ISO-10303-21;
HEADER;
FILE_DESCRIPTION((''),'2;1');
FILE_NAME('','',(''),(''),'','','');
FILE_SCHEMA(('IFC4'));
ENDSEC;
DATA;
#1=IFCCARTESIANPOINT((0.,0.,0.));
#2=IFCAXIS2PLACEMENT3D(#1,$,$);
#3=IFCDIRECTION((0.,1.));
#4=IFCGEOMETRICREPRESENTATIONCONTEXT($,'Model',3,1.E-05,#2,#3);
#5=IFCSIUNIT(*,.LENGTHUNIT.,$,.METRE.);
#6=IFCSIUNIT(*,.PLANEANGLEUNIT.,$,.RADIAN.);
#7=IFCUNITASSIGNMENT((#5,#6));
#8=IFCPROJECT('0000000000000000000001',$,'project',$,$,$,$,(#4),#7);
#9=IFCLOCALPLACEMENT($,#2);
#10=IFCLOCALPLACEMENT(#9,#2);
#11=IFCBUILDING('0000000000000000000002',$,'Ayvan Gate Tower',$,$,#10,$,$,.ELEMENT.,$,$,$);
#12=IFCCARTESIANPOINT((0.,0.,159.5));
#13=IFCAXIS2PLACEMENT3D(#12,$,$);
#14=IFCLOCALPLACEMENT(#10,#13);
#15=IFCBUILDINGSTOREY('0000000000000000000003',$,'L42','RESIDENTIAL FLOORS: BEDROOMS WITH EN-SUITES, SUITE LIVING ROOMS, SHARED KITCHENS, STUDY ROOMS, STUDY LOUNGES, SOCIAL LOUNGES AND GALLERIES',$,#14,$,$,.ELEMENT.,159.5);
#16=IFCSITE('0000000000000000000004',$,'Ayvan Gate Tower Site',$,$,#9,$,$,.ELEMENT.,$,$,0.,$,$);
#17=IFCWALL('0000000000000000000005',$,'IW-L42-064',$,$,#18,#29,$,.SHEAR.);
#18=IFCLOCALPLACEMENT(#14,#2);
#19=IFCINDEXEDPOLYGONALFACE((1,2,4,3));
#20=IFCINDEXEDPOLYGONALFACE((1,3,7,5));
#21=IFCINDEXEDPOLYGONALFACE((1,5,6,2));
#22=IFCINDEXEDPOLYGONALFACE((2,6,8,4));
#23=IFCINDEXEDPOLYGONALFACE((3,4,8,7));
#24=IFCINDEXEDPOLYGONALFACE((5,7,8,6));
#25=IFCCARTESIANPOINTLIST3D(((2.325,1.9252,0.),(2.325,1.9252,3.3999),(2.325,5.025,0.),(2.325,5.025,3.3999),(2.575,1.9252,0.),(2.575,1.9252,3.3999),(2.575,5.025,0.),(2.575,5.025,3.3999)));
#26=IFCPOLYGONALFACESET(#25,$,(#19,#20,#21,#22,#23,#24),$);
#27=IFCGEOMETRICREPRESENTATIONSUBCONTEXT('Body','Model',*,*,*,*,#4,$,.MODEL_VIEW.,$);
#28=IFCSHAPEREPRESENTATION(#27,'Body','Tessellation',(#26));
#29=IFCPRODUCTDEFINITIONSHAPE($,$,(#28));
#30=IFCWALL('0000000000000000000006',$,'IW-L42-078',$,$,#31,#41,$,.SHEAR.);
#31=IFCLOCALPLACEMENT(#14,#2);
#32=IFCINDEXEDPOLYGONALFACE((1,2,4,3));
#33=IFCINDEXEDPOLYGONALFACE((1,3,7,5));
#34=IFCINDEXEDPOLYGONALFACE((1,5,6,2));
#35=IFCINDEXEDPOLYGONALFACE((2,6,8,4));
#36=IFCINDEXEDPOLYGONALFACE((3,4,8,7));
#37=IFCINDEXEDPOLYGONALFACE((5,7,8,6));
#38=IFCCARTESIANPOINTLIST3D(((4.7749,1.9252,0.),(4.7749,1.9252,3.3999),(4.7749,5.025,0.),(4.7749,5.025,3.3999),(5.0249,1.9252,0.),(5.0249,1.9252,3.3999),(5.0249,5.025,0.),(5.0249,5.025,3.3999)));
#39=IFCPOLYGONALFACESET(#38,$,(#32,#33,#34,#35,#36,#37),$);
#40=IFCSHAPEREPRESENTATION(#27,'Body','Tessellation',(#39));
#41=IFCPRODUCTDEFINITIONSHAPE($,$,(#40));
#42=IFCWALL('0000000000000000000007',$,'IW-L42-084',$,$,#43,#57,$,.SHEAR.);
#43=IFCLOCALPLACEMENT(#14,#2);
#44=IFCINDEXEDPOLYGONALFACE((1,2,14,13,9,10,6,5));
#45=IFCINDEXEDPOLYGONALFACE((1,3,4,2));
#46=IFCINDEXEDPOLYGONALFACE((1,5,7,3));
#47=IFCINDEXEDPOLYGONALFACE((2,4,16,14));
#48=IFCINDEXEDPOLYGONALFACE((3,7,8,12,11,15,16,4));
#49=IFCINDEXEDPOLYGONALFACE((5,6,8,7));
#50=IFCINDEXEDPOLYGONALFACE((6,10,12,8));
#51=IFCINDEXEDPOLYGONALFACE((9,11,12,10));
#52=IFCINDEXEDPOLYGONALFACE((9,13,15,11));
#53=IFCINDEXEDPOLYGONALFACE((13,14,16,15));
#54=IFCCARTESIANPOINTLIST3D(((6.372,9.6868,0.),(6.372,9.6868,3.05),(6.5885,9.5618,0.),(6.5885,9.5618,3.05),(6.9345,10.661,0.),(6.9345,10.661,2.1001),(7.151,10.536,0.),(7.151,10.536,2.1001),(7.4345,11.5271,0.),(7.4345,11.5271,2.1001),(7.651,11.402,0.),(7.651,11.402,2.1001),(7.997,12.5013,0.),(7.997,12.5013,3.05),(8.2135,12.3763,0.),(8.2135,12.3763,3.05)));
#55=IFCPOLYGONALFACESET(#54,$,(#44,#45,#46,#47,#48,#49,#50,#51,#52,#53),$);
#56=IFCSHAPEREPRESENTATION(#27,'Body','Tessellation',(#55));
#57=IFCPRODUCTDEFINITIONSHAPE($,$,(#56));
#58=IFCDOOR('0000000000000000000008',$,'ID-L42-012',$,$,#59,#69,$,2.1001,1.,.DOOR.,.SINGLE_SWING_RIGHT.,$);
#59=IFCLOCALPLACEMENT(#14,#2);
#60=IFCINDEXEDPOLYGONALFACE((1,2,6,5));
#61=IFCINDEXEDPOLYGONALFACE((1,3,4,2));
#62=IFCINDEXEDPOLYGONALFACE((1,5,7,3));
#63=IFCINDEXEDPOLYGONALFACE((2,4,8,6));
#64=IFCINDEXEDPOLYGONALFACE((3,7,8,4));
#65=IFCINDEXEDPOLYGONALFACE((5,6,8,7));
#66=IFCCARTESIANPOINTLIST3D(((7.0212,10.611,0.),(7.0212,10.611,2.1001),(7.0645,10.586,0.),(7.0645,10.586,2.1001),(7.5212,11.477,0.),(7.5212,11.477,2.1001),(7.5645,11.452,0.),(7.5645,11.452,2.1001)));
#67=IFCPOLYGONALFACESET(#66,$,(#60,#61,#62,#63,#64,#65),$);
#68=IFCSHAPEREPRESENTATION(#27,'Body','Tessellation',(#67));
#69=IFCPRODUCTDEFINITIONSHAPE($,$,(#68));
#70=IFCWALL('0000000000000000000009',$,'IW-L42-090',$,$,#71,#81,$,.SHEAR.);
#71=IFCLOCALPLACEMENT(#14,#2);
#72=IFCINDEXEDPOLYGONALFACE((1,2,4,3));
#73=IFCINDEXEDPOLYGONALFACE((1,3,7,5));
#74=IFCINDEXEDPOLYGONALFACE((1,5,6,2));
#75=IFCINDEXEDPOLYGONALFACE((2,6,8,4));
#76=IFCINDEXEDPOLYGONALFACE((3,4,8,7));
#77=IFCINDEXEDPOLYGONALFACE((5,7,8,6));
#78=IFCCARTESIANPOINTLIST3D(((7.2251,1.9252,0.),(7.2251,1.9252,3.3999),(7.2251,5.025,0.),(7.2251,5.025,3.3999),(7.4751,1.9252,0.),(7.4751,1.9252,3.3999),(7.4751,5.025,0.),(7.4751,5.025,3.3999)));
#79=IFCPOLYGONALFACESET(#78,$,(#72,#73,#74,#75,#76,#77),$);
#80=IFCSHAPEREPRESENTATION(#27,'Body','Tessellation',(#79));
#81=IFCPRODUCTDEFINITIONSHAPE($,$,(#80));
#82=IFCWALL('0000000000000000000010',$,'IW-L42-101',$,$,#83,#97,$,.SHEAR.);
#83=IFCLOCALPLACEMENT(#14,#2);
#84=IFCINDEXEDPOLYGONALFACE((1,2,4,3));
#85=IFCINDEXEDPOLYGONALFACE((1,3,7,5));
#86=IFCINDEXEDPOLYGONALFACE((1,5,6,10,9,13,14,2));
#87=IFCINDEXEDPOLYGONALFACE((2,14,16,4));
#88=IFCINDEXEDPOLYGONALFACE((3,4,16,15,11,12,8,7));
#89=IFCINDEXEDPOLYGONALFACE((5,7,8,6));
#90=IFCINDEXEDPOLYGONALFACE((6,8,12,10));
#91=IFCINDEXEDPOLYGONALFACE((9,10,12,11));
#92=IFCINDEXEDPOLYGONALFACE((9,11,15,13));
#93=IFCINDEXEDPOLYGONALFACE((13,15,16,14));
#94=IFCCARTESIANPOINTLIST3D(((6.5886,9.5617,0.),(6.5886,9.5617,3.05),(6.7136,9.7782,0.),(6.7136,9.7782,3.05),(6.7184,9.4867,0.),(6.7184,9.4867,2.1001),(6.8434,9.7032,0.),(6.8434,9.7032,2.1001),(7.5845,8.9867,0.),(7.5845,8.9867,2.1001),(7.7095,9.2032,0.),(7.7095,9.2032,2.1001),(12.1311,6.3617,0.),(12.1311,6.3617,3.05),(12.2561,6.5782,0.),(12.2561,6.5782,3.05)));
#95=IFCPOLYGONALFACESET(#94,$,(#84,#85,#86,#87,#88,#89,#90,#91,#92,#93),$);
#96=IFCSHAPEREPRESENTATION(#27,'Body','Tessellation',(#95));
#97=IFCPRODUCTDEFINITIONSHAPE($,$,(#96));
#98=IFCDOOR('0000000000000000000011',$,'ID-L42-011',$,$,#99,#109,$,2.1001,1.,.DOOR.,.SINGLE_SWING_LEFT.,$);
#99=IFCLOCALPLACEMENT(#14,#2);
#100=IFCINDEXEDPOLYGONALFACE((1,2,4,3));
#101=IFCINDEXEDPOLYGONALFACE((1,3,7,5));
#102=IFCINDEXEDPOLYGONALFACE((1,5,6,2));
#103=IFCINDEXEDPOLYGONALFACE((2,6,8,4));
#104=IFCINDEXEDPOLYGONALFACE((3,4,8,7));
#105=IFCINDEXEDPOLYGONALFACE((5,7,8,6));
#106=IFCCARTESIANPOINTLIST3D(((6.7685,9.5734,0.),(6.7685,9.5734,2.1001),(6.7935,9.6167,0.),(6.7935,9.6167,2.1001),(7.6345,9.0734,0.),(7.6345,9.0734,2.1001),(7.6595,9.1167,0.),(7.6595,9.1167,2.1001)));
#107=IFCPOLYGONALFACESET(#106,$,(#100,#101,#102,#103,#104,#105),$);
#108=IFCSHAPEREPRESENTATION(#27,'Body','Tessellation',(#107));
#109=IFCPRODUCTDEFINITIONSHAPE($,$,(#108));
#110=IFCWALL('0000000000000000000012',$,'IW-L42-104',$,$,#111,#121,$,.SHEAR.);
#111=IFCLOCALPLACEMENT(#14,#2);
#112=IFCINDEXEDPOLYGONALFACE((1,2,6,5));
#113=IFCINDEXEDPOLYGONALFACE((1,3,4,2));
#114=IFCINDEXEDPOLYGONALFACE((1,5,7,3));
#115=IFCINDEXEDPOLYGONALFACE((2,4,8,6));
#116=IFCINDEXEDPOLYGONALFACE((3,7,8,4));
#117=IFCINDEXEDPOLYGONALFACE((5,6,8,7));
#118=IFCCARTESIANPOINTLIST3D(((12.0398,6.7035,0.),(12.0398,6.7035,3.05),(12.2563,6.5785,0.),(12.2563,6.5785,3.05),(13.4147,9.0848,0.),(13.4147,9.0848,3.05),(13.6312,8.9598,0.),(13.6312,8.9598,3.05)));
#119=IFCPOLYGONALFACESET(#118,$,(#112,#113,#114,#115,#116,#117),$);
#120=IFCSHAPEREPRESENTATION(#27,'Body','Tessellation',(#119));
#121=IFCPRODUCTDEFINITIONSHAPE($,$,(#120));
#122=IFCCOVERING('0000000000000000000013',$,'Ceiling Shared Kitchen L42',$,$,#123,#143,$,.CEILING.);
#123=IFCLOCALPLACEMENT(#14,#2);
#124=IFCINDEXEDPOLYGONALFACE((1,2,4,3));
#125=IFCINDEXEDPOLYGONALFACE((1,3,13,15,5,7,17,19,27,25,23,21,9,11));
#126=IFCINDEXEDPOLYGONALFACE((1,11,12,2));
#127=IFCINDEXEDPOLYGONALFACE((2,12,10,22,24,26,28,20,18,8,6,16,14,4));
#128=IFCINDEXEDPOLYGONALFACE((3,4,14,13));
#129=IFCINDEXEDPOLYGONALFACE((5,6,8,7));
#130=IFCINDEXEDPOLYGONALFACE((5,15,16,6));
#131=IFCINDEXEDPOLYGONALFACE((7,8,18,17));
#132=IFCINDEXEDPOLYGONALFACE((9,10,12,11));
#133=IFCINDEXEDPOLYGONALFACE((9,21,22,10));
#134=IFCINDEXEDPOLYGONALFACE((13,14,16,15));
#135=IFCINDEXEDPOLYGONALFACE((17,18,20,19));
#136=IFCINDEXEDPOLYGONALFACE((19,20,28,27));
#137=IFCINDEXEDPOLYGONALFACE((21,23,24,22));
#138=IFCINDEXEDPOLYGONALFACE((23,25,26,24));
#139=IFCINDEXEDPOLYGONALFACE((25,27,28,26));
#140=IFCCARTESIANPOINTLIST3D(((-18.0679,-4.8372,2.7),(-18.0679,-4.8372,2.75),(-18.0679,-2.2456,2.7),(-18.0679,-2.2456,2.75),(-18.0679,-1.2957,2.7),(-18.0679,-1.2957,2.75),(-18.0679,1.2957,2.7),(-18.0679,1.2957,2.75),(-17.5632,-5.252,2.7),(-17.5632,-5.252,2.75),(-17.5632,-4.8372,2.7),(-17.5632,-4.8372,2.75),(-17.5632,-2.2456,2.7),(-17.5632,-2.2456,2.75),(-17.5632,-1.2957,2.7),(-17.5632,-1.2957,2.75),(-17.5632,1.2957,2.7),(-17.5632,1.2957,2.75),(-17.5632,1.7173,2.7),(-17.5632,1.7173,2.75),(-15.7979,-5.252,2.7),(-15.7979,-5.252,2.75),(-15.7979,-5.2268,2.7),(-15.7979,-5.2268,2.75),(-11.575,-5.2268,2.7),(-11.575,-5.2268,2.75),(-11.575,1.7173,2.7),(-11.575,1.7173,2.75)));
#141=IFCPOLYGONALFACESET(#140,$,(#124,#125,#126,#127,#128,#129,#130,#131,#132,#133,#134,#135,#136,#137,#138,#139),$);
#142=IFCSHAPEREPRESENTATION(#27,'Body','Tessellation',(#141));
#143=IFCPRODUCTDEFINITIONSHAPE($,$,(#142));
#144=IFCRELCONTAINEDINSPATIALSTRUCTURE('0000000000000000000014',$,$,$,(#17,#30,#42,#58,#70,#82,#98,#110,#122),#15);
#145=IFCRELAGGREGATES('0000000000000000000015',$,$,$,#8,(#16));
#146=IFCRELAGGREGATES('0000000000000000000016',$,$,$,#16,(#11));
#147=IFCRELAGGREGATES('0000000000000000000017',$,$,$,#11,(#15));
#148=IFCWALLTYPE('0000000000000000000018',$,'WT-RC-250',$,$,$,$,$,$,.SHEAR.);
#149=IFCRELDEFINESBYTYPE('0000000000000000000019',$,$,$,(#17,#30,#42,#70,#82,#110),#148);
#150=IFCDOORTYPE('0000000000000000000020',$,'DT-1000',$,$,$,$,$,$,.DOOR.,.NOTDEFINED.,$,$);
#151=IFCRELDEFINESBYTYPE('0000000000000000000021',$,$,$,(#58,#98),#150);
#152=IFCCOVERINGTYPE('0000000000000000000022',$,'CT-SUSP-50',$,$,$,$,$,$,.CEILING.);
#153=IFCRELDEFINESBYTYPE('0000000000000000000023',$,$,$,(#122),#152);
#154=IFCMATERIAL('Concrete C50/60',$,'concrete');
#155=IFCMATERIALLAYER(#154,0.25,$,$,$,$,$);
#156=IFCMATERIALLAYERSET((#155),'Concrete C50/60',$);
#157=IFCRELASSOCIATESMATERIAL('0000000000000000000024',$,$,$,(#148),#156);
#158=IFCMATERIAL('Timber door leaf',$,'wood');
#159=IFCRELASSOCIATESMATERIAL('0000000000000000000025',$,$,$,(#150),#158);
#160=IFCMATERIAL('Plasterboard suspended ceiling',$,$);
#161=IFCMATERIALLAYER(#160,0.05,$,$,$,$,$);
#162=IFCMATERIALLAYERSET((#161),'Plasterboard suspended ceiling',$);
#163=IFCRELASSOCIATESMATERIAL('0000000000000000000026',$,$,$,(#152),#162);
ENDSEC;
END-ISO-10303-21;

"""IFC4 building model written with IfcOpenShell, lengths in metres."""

from ifc_helpers import new_model, si_unit, direction, frame, frame_2d, origin, place, context, subcontext, project, spatial, polyline, rectangle, outline, extrude, material, layer, layer_set, type_object, element, fill, save


model = new_model("IFC4")

# Units and contexts
model_context = context("Model", 3, precision=1e-05, world=origin(), true_north=direction((0.0, 1.0)))
body_context = subcontext(model_context, "Body", "Model", "MODEL_VIEW")
ifc_project = project(units=[si_unit("LENGTHUNIT", "METRE"), si_unit("PLANEANGLEUNIT", "RADIAN")], contexts=[model_context])

# Site, building, storey
site_placement = place(None, origin())
site = spatial("IfcSite", under=ifc_project, at=site_placement, Name="Ayvan Gate Tower Site", CompositionType="ELEMENT", RefElevation=0.0)
building_placement = place(site_placement, origin())
building = spatial("IfcBuilding", under=site, at=building_placement, Name="Ayvan Gate Tower", CompositionType="ELEMENT")
storey_placement = place(building_placement, frame((0.0, 0.0, 159.5)))
storey = spatial("IfcBuildingStorey", under=building, at=storey_placement, Name="L42", Description="RESIDENTIAL FLOORS: BEDROOMS WITH EN-SUITES, SUITE LIVING ROOMS, SHARED KITCHENS, STUDY ROOMS, STUDY LOUNGES, SOCIAL LOUNGES AND GALLERIES", CompositionType="ELEMENT", Elevation=159.5)

# Shared definitions
ifc_material_1 = material(Name="Timber door leaf", Category="wood")

# Walls
ifc_material_2 = material(Name="Concrete C50/60", Category="concrete")
ifc_layer_1 = layer(ifc_material_2, 0.25)
ifc_layer_set_1 = layer_set([ifc_layer_1], Name="Concrete C50/60")
wall_type_1 = type_object("IfcWallType", Name="WT-RC-250", PredefinedType="SHEAR", material=ifc_layer_set_1)
for number, where, z_axis, x_axis, name in (
    (1, (2.45, 5.0249, 0.0), (0.0, 0.0, 1.0), (0.0, -1.0, 0.0), "IW-L42-064"),
    (2, (4.8999, 5.0249, 0.0), (0.0, 0.0, 1.0), (0.0, -1.0, 0.0), "IW-L42-078"),
):
    element("IfcWall", number, at=place(storey_placement, frame(where, z_axis=z_axis, x_axis=x_axis)), inside=storey, type_object=wall_type_1, Name=name, PredefinedType="SHEAR", context=body_context, shape_type="SweptSolid", body=[
        extrude(rectangle(XDim=3.0999, YDim=0.25, at=frame_2d((1.5498, 0.0))), origin(), (0.0, 0.0, 1.0), 3.3999),
    ])

# Wall, opening, door
wall_1_placement = place(storey_placement, frame((6.4802, 9.6243, 0.0), z_axis=(0.0, 0.0, 1.0), x_axis=(0.500017, 0.866015, 0.0)))
wall_1 = element("IfcWall", 3, at=wall_1_placement, inside=storey, type_object=wall_type_1, Name="IW-L42-084", PredefinedType="SHEAR", context=body_context, shape_type="SweptSolid", body=[
    extrude(rectangle(XDim=3.25, YDim=0.25, at=frame_2d((1.625, 0.0))), origin(), (0.0, 0.0, 1.0), 3.05),
])
opening_1_placement = place(wall_1_placement, frame((1.125, 0.0, 0.0)))
opening_1 = element("IfcOpeningElement", 4, at=opening_1_placement, cuts=wall_1, PredefinedType="OPENING", context=body_context, shape_type="SweptSolid", body=[
    extrude(rectangle(XDim=1.0, YDim=2.1001, at=frame_2d((0.5, 1.05))), frame((0.0, 0.135, 0.0), z_axis=(0.0, -1.0, 0.0), x_axis=(1.0, 0.0, 0.0)), (0.0, 0.0, 1.0), 0.27),
])
door_type_1 = type_object("IfcDoorType", Name="DT-1000", OperationType="NOTDEFINED", PredefinedType="DOOR", material=ifc_material_1)
door_1_placement = place(opening_1_placement, origin())
door_1 = element("IfcDoor", 5, at=door_1_placement, inside=storey, type_object=door_type_1, Name="ID-L42-012", OperationType="SINGLE_SWING_RIGHT", OverallHeight=2.1001, OverallWidth=1.0, PredefinedType="DOOR", context=body_context, shape_type="SweptSolid", body=[
    extrude(rectangle(XDim=1.0, YDim=2.1001, at=frame_2d((0.5, 1.05))), frame((0.0, 0.0249, 0.0), z_axis=(0.0, -1.0, 0.0), x_axis=(1.0, 0.0, 0.0)), (0.0, 0.0, 1.0), 0.05),
])
fill(opening_1, door_1)

# Wall
wall_2_placement = place(storey_placement, frame((7.3501, 5.0249, 0.0), z_axis=(0.0, 0.0, 1.0), x_axis=(0.0, -1.0, 0.0)))
element("IfcWall", 6, at=wall_2_placement, inside=storey, type_object=wall_type_1, Name="IW-L42-090", PredefinedType="SHEAR", context=body_context, shape_type="SweptSolid", body=[
    extrude(rectangle(XDim=3.0999, YDim=0.25, at=frame_2d((1.5498, 0.0))), origin(), (0.0, 0.0, 1.0), 3.3999),
])

# Wall, opening, door
wall_3_placement = place(storey_placement, frame((12.1936, 6.47, 0.0), z_axis=(0.0, 0.0, 1.0), x_axis=(-0.866025, 0.5, 0.0)))
wall_3 = element("IfcWall", 7, at=wall_3_placement, inside=storey, type_object=wall_type_1, Name="IW-L42-101", PredefinedType="SHEAR", context=body_context, shape_type="SweptSolid", body=[
    extrude(rectangle(XDim=6.3999, YDim=0.25, at=frame_2d((3.2, 0.0))), origin(), (0.0, 0.0, 1.0), 3.05),
])
opening_2_placement = place(wall_3_placement, frame((5.25, 0.0, 0.0)))
opening_2 = element("IfcOpeningElement", 8, at=opening_2_placement, cuts=wall_3, PredefinedType="OPENING", context=body_context, shape_type="SweptSolid", body=[
    extrude(rectangle(XDim=1.0, YDim=2.1001, at=frame_2d((0.5, 1.05))), frame((0.0, 0.135, 0.0), z_axis=(0.0, -1.0, 0.0), x_axis=(1.0, 0.0, 0.0)), (0.0, 0.0, 1.0), 0.27),
])
door_2_placement = place(opening_2_placement, origin())
door_2 = element("IfcDoor", 9, at=door_2_placement, inside=storey, type_object=door_type_1, Name="ID-L42-011", OperationType="SINGLE_SWING_LEFT", OverallHeight=2.1001, OverallWidth=1.0, PredefinedType="DOOR", context=body_context, shape_type="SweptSolid", body=[
    extrude(rectangle(XDim=1.0, YDim=2.1001, at=frame_2d((0.5, 1.05))), frame((0.0, 0.0249, 0.0), z_axis=(0.0, -1.0, 0.0), x_axis=(1.0, 0.0, 0.0)), (0.0, 0.0, 1.0), 0.05),
])
fill(opening_2, door_2)

# Wall
wall_4_placement = place(storey_placement, frame((12.1479, 6.6409, 0.0), z_axis=(0.0, 0.0, 1.0), x_axis=(0.500035, 0.866005, 0.0)))
element("IfcWall", 10, at=wall_4_placement, inside=storey, type_object=wall_type_1, Name="IW-L42-104", PredefinedType="SHEAR", context=body_context, shape_type="SweptSolid", body=[
    extrude(rectangle(XDim=2.7498, YDim=0.25, at=frame_2d((1.375, 0.0))), origin(), (0.0, 0.0, 1.0), 3.05),
])

# Covering
ifc_material_3 = material(Name="Plasterboard suspended ceiling")
ifc_layer_2 = layer(ifc_material_3, 0.05)
ifc_layer_set_2 = layer_set([ifc_layer_2], Name="Plasterboard suspended ceiling")
covering_type = type_object("IfcCoveringType", Name="CT-SUSP-50", PredefinedType="CEILING", material=ifc_layer_set_2)
covering_placement = place(storey_placement, frame((0.0, 0.0, 2.7)))
element("IfcCovering", 11, at=covering_placement, inside=storey, type_object=covering_type, Name="Ceiling Shared Kitchen L42", PredefinedType="CEILING", context=body_context, shape_type="SweptSolid", body=[
    extrude(outline(polyline([(-17.5632, -2.2456), (-17.5632, -1.2957), (-18.0679, -1.2957), (-18.0679, 1.2957), (-17.5632, 1.2957), (-17.5632, 1.7173), (-11.575, 1.7173), (-11.575, -5.2268), (-15.7979, -5.2268), (-15.7979, -5.252), (-17.5632, -5.252), (-17.5632, -4.8372), (-18.0679, -4.8372), (-18.0679, -2.2456), (-17.5632, -2.2456)])), origin(), (0.0, 0.0, 1.0), 0.05),
])

save(model, "model.ifc")
